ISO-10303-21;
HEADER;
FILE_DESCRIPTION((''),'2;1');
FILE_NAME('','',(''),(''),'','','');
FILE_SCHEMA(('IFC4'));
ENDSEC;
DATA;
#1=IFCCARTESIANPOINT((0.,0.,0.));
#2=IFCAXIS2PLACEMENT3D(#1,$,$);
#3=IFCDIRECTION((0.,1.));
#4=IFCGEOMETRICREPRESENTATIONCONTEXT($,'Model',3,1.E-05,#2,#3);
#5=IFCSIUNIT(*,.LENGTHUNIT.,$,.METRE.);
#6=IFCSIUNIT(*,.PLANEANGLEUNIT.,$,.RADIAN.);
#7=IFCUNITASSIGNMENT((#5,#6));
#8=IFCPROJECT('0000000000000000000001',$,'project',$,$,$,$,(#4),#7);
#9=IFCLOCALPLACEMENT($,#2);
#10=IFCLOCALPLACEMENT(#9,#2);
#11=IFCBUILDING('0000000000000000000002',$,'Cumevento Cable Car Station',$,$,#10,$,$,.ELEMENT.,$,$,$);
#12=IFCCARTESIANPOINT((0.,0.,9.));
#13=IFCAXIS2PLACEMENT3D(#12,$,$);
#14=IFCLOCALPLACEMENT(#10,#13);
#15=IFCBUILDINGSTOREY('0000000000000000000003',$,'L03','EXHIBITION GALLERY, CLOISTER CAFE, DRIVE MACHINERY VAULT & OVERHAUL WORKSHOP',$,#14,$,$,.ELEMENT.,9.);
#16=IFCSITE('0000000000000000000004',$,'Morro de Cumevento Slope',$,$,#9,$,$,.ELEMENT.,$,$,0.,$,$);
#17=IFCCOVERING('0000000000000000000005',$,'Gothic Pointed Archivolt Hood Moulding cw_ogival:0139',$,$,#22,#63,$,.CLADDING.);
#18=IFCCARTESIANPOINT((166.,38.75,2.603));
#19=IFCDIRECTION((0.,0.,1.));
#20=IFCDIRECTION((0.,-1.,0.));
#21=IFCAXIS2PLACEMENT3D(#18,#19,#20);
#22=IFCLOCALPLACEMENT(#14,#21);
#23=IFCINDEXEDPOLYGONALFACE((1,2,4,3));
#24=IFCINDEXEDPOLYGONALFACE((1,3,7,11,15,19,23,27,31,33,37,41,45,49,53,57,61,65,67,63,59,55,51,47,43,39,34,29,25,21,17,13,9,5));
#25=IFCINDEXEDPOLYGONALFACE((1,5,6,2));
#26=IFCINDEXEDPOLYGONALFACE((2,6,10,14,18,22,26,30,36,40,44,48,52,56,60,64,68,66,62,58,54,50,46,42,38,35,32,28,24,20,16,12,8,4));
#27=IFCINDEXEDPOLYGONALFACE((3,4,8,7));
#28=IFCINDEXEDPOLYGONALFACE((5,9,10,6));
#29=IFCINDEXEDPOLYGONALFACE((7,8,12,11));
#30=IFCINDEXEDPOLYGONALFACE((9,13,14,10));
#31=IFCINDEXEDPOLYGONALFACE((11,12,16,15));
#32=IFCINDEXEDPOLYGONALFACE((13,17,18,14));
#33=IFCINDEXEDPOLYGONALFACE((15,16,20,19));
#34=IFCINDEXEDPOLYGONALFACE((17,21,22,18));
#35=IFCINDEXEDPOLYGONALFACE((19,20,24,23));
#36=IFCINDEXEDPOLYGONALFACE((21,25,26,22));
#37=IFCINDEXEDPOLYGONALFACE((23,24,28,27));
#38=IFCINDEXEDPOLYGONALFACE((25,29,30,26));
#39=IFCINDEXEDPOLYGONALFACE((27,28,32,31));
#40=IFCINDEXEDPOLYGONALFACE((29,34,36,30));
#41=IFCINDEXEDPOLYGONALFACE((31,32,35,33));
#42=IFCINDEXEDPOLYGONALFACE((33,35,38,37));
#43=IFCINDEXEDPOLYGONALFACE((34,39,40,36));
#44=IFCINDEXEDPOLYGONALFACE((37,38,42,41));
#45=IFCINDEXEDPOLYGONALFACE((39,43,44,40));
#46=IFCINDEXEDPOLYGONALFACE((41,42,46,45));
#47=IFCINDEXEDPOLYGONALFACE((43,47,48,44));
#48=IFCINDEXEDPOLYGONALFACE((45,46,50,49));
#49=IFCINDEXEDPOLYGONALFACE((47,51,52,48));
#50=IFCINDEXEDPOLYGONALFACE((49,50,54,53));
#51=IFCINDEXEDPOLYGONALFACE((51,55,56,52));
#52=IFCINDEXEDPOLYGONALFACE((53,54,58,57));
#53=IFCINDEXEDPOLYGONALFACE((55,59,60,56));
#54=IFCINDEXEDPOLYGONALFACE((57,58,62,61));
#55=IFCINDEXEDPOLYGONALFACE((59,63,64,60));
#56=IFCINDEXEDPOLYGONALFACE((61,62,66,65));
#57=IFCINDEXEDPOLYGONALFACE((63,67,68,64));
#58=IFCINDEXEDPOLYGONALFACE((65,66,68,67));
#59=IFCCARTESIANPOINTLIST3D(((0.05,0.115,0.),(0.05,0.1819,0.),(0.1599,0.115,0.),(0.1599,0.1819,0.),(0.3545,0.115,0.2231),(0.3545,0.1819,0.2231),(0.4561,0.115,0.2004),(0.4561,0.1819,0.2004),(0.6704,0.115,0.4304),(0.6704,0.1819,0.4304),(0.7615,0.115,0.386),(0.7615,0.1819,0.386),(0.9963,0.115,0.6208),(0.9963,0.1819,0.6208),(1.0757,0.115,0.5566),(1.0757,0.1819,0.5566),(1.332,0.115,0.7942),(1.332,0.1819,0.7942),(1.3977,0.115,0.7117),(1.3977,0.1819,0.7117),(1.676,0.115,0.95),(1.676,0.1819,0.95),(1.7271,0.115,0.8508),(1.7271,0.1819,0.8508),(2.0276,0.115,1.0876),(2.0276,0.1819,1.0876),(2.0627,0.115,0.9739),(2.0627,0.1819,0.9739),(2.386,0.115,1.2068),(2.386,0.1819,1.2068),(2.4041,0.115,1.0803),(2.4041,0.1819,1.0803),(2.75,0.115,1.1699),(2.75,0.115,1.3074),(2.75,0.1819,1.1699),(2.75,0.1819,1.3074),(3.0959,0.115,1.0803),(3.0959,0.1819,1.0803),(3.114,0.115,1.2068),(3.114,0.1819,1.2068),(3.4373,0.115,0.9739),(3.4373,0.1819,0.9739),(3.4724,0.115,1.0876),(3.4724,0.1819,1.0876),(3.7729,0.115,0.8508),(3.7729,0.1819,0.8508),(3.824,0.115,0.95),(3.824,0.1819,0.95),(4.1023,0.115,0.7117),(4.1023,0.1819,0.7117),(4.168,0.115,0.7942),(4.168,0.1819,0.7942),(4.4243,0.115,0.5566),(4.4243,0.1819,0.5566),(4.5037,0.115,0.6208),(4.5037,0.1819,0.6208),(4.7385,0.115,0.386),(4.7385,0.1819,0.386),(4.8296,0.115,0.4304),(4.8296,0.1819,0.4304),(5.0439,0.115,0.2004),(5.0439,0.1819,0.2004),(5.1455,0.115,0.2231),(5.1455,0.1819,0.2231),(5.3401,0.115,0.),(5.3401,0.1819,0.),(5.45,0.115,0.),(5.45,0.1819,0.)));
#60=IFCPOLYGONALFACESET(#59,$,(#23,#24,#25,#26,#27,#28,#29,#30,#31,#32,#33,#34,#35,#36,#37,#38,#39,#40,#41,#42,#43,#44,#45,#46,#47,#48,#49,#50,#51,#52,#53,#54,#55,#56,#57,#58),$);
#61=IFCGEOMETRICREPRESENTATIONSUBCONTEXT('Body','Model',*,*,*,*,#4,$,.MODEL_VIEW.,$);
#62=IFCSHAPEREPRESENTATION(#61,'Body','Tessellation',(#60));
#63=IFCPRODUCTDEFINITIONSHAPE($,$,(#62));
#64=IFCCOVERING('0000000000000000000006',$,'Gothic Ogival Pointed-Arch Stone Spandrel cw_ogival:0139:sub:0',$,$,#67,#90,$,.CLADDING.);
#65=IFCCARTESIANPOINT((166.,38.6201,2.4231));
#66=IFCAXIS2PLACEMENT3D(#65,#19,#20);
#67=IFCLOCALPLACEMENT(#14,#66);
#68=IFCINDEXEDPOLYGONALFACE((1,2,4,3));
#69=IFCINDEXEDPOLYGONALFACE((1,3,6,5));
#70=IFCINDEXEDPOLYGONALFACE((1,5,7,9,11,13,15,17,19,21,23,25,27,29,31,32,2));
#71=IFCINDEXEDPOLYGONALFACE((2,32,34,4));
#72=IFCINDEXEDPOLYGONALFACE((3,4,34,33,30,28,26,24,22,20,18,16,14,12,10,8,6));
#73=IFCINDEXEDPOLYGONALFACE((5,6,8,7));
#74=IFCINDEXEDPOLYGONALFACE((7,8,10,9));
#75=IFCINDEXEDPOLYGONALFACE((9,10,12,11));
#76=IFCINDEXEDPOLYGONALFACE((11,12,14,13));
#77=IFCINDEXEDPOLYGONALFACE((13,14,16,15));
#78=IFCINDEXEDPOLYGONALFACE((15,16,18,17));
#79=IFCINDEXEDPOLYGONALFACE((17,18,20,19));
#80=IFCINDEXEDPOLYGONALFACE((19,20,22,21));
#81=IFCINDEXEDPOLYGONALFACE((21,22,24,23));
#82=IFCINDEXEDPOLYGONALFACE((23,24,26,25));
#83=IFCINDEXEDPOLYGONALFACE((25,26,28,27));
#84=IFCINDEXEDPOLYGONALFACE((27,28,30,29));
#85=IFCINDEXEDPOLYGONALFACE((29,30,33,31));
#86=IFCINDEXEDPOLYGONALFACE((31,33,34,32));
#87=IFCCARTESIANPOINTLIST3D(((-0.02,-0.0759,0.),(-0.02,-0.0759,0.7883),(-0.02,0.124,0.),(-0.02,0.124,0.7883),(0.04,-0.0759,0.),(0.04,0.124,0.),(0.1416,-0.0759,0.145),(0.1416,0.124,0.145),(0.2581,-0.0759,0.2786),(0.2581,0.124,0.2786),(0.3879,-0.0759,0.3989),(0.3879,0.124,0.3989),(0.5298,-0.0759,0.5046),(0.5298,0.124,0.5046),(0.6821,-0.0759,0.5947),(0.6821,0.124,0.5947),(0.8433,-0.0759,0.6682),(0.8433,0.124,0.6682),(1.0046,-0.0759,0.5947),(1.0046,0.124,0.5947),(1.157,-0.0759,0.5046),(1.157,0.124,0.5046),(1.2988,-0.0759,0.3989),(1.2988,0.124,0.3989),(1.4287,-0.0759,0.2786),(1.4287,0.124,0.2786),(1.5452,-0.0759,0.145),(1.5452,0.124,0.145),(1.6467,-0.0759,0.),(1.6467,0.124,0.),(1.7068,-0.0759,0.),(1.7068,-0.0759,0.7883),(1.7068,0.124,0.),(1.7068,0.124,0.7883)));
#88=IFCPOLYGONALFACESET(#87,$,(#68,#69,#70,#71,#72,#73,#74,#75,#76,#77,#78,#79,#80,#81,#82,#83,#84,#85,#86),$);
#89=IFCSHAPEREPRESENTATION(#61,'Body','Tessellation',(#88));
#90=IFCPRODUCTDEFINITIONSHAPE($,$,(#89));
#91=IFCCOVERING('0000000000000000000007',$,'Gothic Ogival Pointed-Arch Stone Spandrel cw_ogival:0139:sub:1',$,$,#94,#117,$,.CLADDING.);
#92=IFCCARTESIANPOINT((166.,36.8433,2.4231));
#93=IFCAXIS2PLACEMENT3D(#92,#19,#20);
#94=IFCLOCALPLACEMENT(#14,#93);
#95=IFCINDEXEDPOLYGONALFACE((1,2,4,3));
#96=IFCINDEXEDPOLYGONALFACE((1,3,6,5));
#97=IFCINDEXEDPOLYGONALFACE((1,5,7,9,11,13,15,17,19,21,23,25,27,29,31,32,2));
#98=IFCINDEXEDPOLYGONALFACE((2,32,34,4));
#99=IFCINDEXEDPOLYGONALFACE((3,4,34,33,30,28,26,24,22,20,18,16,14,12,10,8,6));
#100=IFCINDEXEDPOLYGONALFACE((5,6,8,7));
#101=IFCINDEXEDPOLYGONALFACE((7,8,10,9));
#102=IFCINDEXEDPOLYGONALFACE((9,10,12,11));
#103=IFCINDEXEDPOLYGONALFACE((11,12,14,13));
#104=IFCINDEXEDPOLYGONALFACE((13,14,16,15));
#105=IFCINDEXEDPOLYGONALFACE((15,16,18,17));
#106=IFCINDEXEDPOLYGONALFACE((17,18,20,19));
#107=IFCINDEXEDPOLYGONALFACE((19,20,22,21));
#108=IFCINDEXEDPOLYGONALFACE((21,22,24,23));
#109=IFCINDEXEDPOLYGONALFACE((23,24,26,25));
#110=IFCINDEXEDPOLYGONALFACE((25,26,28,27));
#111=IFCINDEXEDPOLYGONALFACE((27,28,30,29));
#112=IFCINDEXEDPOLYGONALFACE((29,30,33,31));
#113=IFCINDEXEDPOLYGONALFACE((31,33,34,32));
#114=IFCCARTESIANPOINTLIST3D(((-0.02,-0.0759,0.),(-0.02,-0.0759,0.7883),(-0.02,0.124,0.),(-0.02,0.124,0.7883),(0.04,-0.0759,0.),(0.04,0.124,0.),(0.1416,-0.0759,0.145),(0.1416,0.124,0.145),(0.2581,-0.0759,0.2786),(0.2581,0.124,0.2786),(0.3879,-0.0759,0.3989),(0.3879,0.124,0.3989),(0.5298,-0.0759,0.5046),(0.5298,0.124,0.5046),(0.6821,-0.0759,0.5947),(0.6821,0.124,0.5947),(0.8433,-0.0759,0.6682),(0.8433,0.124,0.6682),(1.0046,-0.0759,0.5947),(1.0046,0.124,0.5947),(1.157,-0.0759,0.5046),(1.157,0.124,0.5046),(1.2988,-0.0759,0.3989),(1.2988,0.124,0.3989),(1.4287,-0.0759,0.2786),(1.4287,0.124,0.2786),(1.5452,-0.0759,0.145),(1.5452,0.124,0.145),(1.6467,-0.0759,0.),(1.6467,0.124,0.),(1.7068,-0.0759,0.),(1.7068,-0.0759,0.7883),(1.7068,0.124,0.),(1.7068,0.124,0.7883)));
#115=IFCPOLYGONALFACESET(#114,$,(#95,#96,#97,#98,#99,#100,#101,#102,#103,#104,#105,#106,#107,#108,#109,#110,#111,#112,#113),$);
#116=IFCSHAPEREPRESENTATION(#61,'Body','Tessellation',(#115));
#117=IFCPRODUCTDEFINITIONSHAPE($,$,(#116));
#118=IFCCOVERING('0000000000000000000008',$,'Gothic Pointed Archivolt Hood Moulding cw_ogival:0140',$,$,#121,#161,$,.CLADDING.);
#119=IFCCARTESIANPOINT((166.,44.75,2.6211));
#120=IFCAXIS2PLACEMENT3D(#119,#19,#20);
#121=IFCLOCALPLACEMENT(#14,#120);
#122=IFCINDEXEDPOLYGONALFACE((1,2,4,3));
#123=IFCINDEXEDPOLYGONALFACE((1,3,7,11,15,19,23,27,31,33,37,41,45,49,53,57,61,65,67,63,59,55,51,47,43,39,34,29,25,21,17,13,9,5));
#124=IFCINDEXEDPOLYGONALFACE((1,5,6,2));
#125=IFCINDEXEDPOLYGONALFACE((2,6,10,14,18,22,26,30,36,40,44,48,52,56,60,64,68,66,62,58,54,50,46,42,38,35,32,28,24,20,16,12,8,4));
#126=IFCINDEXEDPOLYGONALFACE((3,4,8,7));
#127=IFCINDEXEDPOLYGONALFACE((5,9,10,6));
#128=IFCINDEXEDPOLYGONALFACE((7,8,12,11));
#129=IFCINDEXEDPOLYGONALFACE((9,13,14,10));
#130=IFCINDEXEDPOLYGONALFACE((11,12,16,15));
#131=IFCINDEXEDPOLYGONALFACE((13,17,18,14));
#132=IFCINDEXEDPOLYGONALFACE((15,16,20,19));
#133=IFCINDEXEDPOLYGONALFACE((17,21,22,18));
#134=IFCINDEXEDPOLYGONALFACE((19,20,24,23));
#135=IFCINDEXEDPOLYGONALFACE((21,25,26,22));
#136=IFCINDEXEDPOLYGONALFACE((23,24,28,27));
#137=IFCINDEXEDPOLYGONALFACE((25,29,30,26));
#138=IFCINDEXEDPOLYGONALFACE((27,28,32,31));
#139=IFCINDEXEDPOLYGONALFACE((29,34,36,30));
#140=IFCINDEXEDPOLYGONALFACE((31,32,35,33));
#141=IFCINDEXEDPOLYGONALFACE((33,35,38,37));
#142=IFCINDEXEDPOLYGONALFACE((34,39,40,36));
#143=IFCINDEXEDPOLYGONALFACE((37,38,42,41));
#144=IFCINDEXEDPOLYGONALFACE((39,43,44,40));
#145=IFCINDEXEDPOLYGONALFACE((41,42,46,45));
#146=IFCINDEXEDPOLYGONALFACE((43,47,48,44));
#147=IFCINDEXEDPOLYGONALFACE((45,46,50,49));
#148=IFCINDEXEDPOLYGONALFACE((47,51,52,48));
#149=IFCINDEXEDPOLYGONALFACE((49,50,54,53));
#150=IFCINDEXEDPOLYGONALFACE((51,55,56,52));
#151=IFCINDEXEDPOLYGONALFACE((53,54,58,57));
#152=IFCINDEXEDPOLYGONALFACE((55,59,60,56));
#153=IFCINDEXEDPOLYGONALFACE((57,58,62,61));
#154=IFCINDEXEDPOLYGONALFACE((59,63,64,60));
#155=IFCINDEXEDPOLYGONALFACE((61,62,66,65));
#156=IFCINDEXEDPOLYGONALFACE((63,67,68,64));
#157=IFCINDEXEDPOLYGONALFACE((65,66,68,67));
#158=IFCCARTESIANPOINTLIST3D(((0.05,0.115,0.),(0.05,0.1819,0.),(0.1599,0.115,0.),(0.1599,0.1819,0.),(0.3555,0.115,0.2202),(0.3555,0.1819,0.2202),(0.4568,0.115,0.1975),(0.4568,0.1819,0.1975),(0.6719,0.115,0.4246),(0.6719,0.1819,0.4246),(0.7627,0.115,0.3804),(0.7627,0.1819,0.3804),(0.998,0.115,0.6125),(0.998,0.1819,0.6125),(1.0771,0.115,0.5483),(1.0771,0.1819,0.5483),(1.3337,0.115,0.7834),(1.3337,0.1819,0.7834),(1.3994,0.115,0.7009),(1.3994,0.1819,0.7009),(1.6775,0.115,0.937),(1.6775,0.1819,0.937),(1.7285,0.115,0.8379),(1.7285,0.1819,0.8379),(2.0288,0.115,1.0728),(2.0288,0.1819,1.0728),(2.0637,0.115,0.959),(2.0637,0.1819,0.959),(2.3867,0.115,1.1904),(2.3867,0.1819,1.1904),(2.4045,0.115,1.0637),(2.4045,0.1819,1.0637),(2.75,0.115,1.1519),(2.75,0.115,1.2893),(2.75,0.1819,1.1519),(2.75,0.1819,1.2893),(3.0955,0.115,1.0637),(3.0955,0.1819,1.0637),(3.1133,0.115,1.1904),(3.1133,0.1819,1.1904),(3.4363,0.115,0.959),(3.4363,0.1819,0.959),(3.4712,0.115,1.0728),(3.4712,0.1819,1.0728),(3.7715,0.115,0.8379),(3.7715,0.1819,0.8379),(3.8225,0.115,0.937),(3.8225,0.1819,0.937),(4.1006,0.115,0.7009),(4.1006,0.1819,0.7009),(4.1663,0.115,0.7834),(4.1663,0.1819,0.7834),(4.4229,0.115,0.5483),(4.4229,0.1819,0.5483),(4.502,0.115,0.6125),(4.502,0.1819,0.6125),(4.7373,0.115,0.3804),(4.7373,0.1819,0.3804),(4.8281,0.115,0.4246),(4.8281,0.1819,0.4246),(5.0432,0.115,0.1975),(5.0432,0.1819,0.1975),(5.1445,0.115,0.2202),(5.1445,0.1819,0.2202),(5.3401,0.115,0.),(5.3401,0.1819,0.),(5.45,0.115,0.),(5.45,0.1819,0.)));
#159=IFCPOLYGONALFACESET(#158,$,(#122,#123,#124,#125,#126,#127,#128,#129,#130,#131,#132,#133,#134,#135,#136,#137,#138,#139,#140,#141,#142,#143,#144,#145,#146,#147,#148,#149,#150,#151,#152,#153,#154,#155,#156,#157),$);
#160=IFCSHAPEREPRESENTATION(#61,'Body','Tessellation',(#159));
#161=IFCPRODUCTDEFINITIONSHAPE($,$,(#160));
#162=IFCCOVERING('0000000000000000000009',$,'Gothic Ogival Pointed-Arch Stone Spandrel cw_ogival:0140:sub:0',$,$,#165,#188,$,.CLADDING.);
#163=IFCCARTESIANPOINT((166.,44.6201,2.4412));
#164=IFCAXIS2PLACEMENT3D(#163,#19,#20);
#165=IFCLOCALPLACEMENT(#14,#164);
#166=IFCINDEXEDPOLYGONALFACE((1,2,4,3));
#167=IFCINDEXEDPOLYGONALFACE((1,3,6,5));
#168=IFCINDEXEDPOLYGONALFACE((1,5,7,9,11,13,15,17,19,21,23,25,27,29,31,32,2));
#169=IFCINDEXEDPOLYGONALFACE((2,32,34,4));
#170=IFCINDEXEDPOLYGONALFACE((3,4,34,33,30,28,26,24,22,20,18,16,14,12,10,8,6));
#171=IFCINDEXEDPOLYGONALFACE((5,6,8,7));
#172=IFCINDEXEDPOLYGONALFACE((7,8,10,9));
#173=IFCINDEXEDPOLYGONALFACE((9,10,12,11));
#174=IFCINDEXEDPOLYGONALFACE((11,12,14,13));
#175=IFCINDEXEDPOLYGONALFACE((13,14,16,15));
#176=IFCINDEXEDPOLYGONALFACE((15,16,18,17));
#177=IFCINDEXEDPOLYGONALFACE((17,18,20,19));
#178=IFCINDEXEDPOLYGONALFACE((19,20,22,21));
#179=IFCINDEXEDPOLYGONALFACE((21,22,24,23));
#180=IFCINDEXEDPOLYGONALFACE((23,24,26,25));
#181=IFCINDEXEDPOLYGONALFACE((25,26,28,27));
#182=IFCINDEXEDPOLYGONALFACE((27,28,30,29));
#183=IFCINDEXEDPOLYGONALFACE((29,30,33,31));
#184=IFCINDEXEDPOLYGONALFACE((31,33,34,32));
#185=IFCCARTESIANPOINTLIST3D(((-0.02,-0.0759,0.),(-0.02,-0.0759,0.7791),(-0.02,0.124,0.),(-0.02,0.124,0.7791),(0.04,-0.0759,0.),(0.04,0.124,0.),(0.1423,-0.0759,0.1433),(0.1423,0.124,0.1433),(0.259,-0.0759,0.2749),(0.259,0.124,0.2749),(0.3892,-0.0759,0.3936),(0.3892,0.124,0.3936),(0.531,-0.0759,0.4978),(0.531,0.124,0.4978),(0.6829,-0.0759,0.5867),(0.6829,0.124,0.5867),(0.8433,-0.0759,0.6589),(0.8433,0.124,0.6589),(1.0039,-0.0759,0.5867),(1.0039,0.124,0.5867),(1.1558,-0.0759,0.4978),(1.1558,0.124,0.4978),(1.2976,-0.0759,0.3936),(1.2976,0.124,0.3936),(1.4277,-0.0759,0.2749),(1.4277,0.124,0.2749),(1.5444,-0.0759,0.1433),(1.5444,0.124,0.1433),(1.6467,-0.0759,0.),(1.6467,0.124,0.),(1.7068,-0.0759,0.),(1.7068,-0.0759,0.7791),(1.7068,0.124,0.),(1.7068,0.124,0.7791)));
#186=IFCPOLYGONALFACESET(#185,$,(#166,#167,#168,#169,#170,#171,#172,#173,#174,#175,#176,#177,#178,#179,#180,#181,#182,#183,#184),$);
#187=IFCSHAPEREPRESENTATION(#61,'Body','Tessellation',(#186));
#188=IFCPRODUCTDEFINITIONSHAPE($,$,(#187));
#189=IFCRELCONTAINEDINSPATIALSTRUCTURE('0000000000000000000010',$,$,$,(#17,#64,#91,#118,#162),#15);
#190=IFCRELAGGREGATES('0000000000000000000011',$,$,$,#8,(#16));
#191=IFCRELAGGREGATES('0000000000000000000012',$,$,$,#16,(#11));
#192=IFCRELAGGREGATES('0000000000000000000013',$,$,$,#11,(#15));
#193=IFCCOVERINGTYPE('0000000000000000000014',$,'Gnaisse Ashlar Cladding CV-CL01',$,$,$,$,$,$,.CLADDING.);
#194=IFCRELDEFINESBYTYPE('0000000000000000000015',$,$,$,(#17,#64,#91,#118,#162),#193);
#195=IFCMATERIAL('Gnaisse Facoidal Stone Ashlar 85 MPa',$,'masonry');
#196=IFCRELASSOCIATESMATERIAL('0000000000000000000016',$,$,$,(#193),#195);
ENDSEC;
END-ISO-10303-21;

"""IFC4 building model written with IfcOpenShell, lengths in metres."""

from ifc_helpers import new_model, si_unit, direction, frame, origin, place, context, subcontext, project, spatial, polyline, outline, extrude, material, type_object, element, save


model = new_model("IFC4")

# Units and contexts
model_context = context("Model", 3, precision=1e-05, world=origin(), true_north=direction((0.0, 1.0)))
body_context = subcontext(model_context, "Body", "Model", "MODEL_VIEW")
ifc_project = project(units=[si_unit("LENGTHUNIT", "METRE"), si_unit("PLANEANGLEUNIT", "RADIAN")], contexts=[model_context])

# Site, building, storey
site_placement = place(None, origin())
site = spatial("IfcSite", under=ifc_project, at=site_placement, Name="Morro de Cumevento Slope", CompositionType="ELEMENT", RefElevation=0.0)
building_placement = place(site_placement, origin())
building = spatial("IfcBuilding", under=site, at=building_placement, Name="Cumevento Cable Car Station", CompositionType="ELEMENT")
storey_placement = place(building_placement, frame((0.0, 0.0, 9.0)))
storey = spatial("IfcBuildingStorey", under=building, at=storey_placement, Name="L03", Description="EXHIBITION GALLERY, CLOISTER CAFE, DRIVE MACHINERY VAULT & OVERHAUL WORKSHOP", CompositionType="ELEMENT", Elevation=9.0)

# Coverings
ifc_material_1 = material(Name="Gnaisse Facoidal Stone Ashlar 85 MPa", Category="masonry")
covering_type = type_object("IfcCoveringType", Name="Gnaisse Ashlar Cladding CV-CL01", PredefinedType="CLADDING", material=ifc_material_1)
covering_1_placement = place(storey_placement, frame((166.0, 38.75, 2.603), z_axis=(0.0, 0.0, 1.0), x_axis=(0.0, -1.0, 0.0)))
element("IfcCovering", 1, at=covering_1_placement, inside=storey, type_object=covering_type, Name="Gothic Pointed Archivolt Hood Moulding cw_ogival:0139", PredefinedType="CLADDING", context=body_context, shape_type="SweptSolid", body=[
    extrude(outline(polyline([(0.1599, 0.0), (0.4561, 0.2004), (0.7615, 0.386), (1.0757, 0.5566), (1.3977, 0.7117), (1.7271, 0.8508), (2.0627, 0.9739), (2.4041, 1.0803), (2.75, 1.1699), (3.0959, 1.0803), (3.4373, 0.9739), (3.7729, 0.8508), (4.1023, 0.7117), (4.4243, 0.5566), (4.7385, 0.386), (5.0439, 0.2004), (5.3401, 0.0), (5.45, 0.0), (5.1455, 0.2231), (4.8296, 0.4304), (4.5037, 0.6208), (4.168, 0.7942), (3.824, 0.95), (3.4724, 1.0876), (3.114, 1.2068), (2.75, 1.3074), (2.386, 1.2068), (2.0276, 1.0876), (1.676, 0.95), (1.332, 0.7942), (0.9963, 0.6208), (0.6704, 0.4304), (0.3545, 0.2231), (0.05, 0.0), (0.1599, 0.0)])), frame((0.0, 0.1819, 0.0), z_axis=(0.0, -1.0, 0.0), x_axis=(1.0, 0.0, 0.0)), (0.0, 0.0, 1.0), 0.0669),
])
for number, where, z_axis, x_axis, name in (
    (2, (166.0, 38.6201, 2.4231), (0.0, 0.0, 1.0), (0.0, -1.0, 0.0), "Gothic Ogival Pointed-Arch Stone Spandrel cw_ogival:0139:sub:0"),
    (3, (166.0, 36.8433, 2.4231), (0.0, 0.0, 1.0), (0.0, -1.0, 0.0), "Gothic Ogival Pointed-Arch Stone Spandrel cw_ogival:0139:sub:1"),
):
    element("IfcCovering", number, at=place(storey_placement, frame(where, z_axis=z_axis, x_axis=x_axis)), inside=storey, type_object=covering_type, Name=name, PredefinedType="CLADDING", context=body_context, shape_type="SweptSolid", body=[
        extrude(outline(polyline([(-0.02, 0.0), (-0.02, 0.7883), (1.7068, 0.7883), (1.7068, 0.0), (1.6467, 0.0), (1.5452, 0.145), (1.4287, 0.2786), (1.2988, 0.3989), (1.157, 0.5046), (1.0046, 0.5947), (0.8433, 0.6682), (0.6821, 0.5947), (0.5298, 0.5046), (0.3879, 0.3989), (0.2581, 0.2786), (0.1416, 0.145), (0.04, 0.0), (-0.02, 0.0)])), frame((0.0, 0.124, 0.0), z_axis=(0.0, -1.0, 0.0), x_axis=(1.0, 0.0, 0.0)), (0.0, 0.0, 1.0), 0.2),
    ])
covering_2_placement = place(storey_placement, frame((166.0, 44.75, 2.6211), z_axis=(0.0, 0.0, 1.0), x_axis=(0.0, -1.0, 0.0)))
element("IfcCovering", 4, at=covering_2_placement, inside=storey, type_object=covering_type, Name="Gothic Pointed Archivolt Hood Moulding cw_ogival:0140", PredefinedType="CLADDING", context=body_context, shape_type="SweptSolid", body=[
    extrude(outline(polyline([(0.1599, 0.0), (0.4568, 0.1975), (0.7627, 0.3804), (1.0771, 0.5483), (1.3994, 0.7009), (1.7285, 0.8379), (2.0637, 0.959), (2.4045, 1.0637), (2.75, 1.1519), (3.0955, 1.0637), (3.4363, 0.959), (3.7715, 0.8379), (4.1006, 0.7009), (4.4229, 0.5483), (4.7373, 0.3804), (5.0432, 0.1975), (5.3401, 0.0), (5.45, 0.0), (5.1445, 0.2202), (4.8281, 0.4246), (4.502, 0.6125), (4.1663, 0.7834), (3.8225, 0.937), (3.4712, 1.0728), (3.1133, 1.1904), (2.75, 1.2893), (2.3867, 1.1904), (2.0288, 1.0728), (1.6775, 0.937), (1.3337, 0.7834), (0.998, 0.6125), (0.6719, 0.4246), (0.3555, 0.2202), (0.05, 0.0), (0.1599, 0.0)])), frame((0.0, 0.1819, 0.0), z_axis=(0.0, -1.0, 0.0), x_axis=(1.0, 0.0, 0.0)), (0.0, 0.0, 1.0), 0.0669),
])
for number, where, z_axis, x_axis, name in (
    (5, (166.0, 44.6201, 2.4412), (0.0, 0.0, 1.0), (0.0, -1.0, 0.0), "Gothic Ogival Pointed-Arch Stone Spandrel cw_ogival:0140:sub:0"),
):
    element("IfcCovering", number, at=place(storey_placement, frame(where, z_axis=z_axis, x_axis=x_axis)), inside=storey, type_object=covering_type, Name=name, PredefinedType="CLADDING", context=body_context, shape_type="SweptSolid", body=[
        extrude(outline(polyline([(-0.02, 0.0), (-0.02, 0.7791), (1.7068, 0.7791), (1.7068, 0.0), (1.6467, 0.0), (1.5444, 0.1433), (1.4277, 0.2749), (1.2976, 0.3936), (1.1558, 0.4978), (1.0039, 0.5867), (0.8433, 0.6589), (0.6829, 0.5867), (0.531, 0.4978), (0.3892, 0.3936), (0.259, 0.2749), (0.1423, 0.1433), (0.04, 0.0), (-0.02, 0.0)])), frame((0.0, 0.124, 0.0), z_axis=(0.0, -1.0, 0.0), x_axis=(1.0, 0.0, 0.0)), (0.0, 0.0, 1.0), 0.2),
    ])

save(model, "model.ifc")
